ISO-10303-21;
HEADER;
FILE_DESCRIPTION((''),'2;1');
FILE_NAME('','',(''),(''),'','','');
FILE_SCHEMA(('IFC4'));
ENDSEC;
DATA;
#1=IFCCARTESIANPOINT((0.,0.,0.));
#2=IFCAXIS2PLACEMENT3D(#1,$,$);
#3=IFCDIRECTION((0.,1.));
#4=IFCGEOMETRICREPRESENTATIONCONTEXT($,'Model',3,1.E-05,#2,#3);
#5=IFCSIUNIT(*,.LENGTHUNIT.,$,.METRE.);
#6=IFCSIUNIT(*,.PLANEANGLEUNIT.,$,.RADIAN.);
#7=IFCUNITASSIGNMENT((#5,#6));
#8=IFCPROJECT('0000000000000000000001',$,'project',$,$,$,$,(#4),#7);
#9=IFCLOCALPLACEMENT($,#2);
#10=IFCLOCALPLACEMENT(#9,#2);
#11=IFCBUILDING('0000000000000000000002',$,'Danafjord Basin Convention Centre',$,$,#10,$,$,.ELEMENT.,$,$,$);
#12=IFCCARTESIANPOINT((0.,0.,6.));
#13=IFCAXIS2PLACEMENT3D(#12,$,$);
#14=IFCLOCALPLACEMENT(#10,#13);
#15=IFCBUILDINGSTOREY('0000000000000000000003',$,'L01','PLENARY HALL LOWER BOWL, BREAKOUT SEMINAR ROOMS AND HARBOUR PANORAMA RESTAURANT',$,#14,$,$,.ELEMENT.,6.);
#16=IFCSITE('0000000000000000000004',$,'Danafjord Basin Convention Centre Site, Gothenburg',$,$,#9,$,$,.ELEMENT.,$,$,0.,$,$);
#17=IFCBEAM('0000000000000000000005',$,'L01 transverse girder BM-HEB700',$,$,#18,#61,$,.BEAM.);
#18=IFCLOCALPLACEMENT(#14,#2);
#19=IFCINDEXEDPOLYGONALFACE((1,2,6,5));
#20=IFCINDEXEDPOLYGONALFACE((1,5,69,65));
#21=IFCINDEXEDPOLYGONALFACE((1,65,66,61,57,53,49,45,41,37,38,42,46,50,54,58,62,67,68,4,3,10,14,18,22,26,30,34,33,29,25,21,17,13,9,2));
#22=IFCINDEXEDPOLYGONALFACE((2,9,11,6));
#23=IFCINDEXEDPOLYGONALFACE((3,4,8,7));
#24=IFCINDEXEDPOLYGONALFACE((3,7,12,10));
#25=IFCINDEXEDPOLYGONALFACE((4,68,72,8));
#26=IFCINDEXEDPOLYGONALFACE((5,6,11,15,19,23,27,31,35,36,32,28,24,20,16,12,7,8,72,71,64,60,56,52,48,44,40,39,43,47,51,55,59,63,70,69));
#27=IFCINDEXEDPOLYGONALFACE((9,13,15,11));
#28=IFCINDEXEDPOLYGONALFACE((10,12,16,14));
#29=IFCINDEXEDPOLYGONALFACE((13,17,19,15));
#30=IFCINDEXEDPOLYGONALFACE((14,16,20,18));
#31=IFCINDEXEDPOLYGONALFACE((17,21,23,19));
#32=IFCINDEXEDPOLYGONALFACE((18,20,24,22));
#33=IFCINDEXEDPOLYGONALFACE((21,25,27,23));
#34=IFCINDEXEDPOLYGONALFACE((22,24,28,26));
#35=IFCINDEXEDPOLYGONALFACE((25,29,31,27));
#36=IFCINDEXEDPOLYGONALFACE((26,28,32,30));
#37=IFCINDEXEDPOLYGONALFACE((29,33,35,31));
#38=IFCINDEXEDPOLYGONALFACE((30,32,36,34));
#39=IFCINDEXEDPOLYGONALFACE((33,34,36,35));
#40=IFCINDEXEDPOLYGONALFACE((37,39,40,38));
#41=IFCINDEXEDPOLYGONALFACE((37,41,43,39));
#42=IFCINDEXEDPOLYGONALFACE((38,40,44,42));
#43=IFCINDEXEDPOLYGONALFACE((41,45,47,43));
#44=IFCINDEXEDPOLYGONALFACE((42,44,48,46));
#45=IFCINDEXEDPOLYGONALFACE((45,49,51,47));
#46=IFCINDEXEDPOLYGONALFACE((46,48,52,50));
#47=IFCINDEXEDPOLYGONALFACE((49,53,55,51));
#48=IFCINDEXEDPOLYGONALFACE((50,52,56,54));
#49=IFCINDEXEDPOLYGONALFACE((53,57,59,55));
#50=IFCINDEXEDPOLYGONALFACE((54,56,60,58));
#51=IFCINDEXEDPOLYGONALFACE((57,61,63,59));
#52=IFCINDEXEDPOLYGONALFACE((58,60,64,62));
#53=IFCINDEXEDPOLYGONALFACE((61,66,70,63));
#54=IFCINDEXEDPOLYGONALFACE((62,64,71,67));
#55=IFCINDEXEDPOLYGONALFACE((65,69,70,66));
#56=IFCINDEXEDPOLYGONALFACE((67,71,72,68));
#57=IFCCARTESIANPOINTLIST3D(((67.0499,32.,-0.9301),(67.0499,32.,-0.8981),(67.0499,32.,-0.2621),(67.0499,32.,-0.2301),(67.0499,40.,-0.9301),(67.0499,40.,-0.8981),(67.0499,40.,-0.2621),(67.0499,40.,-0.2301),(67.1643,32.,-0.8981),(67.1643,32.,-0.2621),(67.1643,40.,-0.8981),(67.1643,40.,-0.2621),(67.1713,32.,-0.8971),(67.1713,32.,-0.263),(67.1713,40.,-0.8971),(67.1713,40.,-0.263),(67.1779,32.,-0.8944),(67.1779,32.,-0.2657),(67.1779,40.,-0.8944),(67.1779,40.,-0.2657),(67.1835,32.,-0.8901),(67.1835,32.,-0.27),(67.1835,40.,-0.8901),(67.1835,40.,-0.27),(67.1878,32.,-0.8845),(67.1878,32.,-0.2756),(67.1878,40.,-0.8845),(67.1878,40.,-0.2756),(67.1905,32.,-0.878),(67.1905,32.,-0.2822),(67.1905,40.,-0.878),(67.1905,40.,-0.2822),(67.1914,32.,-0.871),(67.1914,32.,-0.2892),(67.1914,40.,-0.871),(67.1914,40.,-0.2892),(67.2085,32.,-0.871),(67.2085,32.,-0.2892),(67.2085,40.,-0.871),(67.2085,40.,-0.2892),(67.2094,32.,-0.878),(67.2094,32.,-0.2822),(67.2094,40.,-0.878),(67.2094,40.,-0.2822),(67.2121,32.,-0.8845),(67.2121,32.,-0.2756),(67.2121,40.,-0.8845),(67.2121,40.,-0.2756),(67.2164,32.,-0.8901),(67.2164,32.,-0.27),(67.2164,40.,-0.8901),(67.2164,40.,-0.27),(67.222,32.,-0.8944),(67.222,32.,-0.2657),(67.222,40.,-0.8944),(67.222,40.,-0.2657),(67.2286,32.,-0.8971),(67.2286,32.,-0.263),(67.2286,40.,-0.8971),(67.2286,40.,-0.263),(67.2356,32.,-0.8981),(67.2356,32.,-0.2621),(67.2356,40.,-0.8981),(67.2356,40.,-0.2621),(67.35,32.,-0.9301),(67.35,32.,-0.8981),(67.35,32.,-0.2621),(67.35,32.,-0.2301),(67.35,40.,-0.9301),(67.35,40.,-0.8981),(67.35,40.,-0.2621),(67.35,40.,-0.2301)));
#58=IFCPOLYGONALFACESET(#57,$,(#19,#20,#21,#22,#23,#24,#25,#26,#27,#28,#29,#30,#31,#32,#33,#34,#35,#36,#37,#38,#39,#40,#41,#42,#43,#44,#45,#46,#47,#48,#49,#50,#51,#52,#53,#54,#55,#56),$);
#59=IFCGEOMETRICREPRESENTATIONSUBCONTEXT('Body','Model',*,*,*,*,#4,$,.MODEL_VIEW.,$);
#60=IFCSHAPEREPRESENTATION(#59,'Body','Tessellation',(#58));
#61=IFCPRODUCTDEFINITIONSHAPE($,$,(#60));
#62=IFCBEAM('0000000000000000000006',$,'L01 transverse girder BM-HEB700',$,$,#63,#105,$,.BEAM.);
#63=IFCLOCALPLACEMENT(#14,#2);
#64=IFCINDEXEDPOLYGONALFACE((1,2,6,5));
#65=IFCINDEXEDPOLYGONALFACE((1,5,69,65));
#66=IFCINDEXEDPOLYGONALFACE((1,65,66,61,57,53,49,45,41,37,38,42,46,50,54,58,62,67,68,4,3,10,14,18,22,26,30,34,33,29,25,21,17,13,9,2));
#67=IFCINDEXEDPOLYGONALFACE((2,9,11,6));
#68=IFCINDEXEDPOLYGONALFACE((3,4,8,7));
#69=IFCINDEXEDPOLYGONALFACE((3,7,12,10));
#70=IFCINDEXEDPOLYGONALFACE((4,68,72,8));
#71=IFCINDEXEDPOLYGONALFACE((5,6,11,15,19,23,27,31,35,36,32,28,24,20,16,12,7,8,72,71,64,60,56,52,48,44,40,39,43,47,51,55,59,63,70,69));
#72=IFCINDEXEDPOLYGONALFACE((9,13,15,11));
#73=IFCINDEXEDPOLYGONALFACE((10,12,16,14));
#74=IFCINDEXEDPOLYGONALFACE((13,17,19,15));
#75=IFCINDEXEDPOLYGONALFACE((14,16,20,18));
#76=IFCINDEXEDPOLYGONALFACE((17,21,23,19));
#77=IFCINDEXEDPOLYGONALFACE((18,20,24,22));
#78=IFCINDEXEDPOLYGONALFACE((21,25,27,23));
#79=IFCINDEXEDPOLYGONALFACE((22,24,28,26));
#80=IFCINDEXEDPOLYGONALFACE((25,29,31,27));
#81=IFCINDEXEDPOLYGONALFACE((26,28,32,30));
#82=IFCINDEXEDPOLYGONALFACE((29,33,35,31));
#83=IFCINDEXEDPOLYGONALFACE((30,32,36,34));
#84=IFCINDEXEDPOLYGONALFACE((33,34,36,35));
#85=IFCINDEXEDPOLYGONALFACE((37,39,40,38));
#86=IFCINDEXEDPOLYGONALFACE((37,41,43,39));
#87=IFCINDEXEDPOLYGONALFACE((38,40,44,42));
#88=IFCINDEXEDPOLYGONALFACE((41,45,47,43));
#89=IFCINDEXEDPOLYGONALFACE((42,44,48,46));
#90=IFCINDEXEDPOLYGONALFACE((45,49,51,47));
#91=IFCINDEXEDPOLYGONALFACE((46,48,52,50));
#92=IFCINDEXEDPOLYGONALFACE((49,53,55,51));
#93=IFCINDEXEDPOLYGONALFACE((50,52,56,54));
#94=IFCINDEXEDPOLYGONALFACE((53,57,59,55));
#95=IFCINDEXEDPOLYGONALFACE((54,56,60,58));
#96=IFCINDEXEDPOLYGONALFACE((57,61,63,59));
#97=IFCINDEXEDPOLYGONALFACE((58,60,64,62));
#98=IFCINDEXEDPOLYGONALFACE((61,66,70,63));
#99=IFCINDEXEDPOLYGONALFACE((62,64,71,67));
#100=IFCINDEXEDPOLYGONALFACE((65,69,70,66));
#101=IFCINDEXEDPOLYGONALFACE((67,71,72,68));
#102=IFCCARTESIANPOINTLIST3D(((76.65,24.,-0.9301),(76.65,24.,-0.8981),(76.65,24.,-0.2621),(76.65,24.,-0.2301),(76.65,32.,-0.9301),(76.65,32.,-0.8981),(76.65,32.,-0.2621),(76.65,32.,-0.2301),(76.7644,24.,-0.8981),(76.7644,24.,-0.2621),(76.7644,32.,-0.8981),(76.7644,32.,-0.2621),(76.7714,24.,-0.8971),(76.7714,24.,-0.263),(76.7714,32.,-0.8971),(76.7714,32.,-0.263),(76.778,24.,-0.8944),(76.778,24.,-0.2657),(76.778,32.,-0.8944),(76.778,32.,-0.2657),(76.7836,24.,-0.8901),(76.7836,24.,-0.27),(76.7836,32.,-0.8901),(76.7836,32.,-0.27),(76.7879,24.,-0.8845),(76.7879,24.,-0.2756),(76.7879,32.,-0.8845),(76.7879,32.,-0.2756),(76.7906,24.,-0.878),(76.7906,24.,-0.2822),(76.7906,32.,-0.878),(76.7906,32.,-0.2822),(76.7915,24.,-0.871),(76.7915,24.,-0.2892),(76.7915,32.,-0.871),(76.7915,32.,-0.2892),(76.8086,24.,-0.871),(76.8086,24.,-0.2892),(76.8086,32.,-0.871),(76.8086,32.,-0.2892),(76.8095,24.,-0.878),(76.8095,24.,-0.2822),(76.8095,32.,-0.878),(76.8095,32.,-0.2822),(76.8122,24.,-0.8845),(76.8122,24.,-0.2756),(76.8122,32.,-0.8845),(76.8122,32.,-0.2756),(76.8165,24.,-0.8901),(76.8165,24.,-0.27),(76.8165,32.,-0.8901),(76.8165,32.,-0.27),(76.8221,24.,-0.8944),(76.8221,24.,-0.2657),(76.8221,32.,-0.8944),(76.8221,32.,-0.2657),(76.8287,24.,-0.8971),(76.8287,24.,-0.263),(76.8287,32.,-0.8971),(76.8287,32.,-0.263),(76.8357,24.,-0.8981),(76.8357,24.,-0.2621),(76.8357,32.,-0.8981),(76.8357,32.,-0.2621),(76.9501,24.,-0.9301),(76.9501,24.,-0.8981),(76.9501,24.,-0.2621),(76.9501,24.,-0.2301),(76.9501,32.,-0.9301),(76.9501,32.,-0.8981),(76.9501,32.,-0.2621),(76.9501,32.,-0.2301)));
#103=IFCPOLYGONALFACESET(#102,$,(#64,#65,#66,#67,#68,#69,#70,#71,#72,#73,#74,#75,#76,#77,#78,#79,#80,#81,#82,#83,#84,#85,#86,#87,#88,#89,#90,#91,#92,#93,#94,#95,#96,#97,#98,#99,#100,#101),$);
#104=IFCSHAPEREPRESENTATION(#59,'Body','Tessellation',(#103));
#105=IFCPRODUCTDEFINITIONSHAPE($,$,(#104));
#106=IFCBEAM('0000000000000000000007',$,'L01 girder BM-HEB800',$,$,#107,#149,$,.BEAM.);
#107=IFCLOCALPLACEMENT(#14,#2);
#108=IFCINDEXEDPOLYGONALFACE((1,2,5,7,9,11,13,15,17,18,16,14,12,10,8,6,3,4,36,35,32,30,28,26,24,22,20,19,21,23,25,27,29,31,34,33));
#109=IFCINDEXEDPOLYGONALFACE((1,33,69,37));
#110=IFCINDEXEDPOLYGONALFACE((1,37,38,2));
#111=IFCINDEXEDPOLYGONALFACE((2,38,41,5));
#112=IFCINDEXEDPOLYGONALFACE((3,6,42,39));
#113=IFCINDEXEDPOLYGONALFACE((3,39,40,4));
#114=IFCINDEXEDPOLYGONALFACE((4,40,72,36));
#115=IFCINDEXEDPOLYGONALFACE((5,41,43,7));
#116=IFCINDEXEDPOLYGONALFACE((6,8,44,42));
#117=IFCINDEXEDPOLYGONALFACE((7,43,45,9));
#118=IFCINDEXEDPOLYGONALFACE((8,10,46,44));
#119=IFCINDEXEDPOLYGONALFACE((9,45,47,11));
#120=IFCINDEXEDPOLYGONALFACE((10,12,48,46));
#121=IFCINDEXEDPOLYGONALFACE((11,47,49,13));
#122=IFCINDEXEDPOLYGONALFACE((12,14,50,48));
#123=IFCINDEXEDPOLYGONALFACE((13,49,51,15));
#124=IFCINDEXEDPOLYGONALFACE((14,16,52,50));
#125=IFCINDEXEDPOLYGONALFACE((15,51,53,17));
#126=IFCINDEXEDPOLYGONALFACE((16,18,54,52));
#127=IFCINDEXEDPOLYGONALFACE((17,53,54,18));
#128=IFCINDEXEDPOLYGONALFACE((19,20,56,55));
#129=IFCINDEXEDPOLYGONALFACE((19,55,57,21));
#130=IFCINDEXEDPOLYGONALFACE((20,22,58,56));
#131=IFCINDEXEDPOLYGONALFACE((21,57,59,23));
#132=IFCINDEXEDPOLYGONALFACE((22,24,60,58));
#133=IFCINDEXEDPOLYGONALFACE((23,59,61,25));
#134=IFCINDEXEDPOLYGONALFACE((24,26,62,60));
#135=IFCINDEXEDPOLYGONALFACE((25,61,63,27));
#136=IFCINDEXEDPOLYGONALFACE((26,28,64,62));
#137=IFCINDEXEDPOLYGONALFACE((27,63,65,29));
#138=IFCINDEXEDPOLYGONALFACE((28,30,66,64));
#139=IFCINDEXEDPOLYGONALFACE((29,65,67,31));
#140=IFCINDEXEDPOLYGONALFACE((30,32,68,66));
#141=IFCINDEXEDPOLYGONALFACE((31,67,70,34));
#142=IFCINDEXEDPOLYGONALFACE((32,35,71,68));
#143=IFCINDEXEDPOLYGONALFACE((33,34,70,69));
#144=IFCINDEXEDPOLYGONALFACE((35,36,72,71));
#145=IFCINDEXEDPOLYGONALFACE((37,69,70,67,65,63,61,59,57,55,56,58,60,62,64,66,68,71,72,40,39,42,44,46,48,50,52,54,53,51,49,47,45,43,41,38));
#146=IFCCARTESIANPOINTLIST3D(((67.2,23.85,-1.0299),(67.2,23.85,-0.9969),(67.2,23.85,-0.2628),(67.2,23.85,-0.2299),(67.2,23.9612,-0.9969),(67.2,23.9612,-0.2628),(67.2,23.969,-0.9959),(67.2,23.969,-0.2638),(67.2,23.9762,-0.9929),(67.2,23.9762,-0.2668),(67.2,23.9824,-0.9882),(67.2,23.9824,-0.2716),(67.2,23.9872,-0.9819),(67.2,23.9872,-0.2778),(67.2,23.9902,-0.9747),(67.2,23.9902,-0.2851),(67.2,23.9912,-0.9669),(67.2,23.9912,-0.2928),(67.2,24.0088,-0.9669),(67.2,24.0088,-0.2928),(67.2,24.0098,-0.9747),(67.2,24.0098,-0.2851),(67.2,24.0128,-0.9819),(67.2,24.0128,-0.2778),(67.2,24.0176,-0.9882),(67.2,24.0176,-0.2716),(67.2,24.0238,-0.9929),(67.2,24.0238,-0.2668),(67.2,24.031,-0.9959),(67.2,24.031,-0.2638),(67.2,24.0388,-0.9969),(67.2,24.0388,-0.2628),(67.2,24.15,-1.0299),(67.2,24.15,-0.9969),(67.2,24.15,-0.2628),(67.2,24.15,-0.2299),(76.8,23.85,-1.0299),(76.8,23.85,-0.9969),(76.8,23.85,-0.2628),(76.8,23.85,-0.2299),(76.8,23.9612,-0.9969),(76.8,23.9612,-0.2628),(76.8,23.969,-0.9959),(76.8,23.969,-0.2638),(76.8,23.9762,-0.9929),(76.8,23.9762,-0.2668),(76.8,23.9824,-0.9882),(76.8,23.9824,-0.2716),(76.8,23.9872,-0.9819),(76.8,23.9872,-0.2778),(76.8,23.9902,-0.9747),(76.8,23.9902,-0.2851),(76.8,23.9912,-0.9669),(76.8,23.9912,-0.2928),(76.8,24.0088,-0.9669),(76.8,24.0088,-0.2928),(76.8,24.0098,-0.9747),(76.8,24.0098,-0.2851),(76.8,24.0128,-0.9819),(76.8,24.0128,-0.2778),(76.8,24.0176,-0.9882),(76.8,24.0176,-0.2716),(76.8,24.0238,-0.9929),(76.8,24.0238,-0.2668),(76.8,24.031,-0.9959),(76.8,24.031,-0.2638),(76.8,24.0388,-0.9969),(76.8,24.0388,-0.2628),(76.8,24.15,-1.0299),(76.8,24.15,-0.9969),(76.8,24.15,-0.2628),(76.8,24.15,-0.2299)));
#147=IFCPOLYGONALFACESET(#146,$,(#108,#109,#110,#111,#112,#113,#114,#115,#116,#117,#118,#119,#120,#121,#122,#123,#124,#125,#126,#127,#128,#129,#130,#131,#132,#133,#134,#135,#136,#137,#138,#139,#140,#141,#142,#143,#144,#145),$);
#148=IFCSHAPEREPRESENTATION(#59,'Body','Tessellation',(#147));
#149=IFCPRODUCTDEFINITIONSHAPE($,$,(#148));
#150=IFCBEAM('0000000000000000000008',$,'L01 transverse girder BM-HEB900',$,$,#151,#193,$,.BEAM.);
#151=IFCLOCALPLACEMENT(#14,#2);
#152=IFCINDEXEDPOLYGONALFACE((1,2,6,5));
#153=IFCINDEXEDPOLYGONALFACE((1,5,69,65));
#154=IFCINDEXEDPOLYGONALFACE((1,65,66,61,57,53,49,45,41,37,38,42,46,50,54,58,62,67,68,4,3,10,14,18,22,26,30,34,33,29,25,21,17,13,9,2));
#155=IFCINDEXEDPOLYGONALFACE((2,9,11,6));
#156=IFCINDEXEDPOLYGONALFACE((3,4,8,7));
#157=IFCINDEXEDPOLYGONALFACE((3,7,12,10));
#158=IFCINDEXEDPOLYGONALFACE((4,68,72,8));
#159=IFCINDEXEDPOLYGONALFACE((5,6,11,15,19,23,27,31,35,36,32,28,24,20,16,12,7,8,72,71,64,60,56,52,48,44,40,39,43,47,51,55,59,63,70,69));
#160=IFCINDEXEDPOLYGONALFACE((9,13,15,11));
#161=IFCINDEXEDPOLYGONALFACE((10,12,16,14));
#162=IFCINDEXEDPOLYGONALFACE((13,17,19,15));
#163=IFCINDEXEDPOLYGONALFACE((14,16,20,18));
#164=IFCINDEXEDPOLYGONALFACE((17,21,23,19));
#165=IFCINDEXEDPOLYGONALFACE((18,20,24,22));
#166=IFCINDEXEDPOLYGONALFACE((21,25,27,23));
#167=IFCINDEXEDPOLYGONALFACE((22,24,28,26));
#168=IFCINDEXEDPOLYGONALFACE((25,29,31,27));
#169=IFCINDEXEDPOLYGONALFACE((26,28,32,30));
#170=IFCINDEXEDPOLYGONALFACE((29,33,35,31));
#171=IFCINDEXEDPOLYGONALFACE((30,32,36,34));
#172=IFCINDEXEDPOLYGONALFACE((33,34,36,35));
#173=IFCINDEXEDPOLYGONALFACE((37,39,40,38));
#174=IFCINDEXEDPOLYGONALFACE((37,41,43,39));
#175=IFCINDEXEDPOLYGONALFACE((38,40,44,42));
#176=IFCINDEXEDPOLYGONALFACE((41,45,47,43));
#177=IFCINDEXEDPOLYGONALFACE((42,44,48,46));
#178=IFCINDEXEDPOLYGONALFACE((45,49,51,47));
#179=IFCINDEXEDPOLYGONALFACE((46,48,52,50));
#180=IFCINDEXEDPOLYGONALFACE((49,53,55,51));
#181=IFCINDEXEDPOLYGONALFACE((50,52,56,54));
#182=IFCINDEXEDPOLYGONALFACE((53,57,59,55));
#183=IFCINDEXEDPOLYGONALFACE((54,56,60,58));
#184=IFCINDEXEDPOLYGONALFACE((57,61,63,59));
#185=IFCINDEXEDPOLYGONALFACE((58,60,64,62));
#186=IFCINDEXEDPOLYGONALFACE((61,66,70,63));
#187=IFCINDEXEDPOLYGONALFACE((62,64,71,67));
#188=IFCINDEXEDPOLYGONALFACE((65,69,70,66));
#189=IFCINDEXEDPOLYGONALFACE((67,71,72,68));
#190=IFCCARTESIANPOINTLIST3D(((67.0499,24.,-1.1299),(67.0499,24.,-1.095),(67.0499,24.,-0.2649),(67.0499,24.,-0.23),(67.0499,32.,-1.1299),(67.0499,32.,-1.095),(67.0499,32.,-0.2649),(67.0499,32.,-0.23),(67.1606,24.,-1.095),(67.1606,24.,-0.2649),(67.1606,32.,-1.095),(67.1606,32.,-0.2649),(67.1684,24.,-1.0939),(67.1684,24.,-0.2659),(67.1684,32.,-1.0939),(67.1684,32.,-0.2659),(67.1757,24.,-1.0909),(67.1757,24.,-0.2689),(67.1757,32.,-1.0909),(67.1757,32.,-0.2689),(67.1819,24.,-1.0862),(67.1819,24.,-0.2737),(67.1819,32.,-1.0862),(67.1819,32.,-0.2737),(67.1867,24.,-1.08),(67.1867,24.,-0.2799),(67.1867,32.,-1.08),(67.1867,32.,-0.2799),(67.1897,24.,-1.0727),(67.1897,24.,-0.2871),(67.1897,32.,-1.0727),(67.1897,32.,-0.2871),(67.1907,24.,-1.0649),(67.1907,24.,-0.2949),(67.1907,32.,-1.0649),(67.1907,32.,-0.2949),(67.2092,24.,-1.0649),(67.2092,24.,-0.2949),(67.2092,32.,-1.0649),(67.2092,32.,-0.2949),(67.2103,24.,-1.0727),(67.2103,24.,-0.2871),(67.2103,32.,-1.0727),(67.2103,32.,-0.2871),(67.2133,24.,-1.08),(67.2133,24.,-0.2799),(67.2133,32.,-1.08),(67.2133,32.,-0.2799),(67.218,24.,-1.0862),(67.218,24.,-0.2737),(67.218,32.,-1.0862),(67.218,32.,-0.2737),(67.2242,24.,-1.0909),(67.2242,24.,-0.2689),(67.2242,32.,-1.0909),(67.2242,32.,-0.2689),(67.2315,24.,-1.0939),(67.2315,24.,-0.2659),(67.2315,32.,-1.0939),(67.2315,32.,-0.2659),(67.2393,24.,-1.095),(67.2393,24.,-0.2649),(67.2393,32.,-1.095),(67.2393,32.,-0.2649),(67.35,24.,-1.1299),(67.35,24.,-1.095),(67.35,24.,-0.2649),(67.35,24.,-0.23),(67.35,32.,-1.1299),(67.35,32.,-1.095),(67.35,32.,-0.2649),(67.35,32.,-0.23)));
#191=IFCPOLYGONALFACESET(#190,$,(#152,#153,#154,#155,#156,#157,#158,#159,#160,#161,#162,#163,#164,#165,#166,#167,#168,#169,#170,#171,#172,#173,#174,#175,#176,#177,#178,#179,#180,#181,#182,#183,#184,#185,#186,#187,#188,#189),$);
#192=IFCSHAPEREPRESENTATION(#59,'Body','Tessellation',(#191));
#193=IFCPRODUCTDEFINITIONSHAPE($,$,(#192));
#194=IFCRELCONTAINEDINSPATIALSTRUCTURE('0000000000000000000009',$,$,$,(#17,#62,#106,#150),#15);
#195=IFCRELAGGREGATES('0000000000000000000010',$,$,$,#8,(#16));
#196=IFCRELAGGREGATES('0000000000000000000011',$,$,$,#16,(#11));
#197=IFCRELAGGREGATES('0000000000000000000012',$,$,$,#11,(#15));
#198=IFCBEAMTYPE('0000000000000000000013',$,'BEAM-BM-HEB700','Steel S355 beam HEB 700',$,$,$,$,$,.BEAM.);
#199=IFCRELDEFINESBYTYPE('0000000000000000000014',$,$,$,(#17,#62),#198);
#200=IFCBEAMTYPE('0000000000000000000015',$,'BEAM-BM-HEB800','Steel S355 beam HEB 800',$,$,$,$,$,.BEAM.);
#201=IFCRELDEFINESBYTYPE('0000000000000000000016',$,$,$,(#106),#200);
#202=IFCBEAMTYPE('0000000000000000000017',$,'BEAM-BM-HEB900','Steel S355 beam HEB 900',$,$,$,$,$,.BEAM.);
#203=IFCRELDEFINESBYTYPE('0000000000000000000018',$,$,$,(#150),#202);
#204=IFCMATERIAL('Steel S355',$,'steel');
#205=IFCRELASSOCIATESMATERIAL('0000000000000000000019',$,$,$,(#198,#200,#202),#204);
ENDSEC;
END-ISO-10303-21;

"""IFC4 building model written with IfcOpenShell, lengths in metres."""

from ifc_helpers import new_model, si_unit, direction, frame, origin, origin_2d, place, context, subcontext, project, spatial, i_section, extrude, material, material_profile, profile_set, type_object, element, save


model = new_model("IFC4")

# Units and contexts
model_context = context("Model", 3, precision=1e-05, world=origin(), true_north=direction((0.0, 1.0)))
body_context = subcontext(model_context, "Body", "Model", "MODEL_VIEW")
ifc_project = project(units=[si_unit("LENGTHUNIT", "METRE"), si_unit("PLANEANGLEUNIT", "RADIAN")], contexts=[model_context])

# Site, building, storey
site_placement = place(None, origin())
site = spatial("IfcSite", under=ifc_project, at=site_placement, Name="Danafjord Basin Convention Centre Site, Gothenburg", CompositionType="ELEMENT", RefElevation=0.0)
building_placement = place(site_placement, origin())
building = spatial("IfcBuilding", under=site, at=building_placement, Name="Danafjord Basin Convention Centre", CompositionType="ELEMENT")
storey_placement = place(building_placement, frame((0.0, 0.0, 6.0)))
storey = spatial("IfcBuildingStorey", under=building, at=storey_placement, Name="L01", Description="PLENARY HALL LOWER BOWL, BREAKOUT SEMINAR ROOMS AND HARBOUR PANORAMA RESTAURANT", CompositionType="ELEMENT", Elevation=6.0)

# Shared definitions
ifc_material_1 = material(Name="Steel S355", Category="steel")

# Beams
ifc_material_profile_1 = material_profile(ifc_material_1, i_section(OverallWidth=0.3, OverallDepth=0.7, WebThickness=0.0171, FlangeThickness=0.032, FilletRadius=0.0271, at=origin_2d()), Name="HEB 700")
ifc_profile_set_1 = profile_set([ifc_material_profile_1], Name="Steel S355")
beam_type_1 = type_object("IfcBeamType", Name="BEAM-BM-HEB700", Description="Steel S355 beam HEB 700", PredefinedType="BEAM", material=ifc_profile_set_1)
for number, where, z_axis, x_axis, name in (
    (1, (67.2, 32.0, -0.5801), (0.0, 1.0, 0.0), (-1.0, 0.0, 0.0), "L01 transverse girder BM-HEB700"),
    (2, (76.8, 24.0, -0.5801), (0.0, 1.0, 0.0), (-1.0, 0.0, 0.0), "L01 transverse girder BM-HEB700"),
):
    element("IfcBeam", number, at=place(storey_placement, frame(where, z_axis=z_axis, x_axis=x_axis)), inside=storey, type_object=beam_type_1, Name=name, PredefinedType="BEAM", context=body_context, shape_type="SweptSolid", body=[
        extrude(i_section(OverallWidth=0.3, OverallDepth=0.7, WebThickness=0.0171, FlangeThickness=0.032, FilletRadius=0.0271, at=origin_2d()), origin(), (0.0, 0.0, 1.0), 8.0),
    ])
ifc_material_profile_2 = material_profile(ifc_material_1, i_section(OverallWidth=0.3, OverallDepth=0.8, WebThickness=0.0176, FlangeThickness=0.033, FilletRadius=0.03, at=origin_2d()), Name="HEB 800")
ifc_profile_set_2 = profile_set([ifc_material_profile_2], Name="Steel S355")
beam_type_2 = type_object("IfcBeamType", Name="BEAM-BM-HEB800", Description="Steel S355 beam HEB 800", PredefinedType="BEAM", material=ifc_profile_set_2)
beam_1_placement = place(storey_placement, frame((67.2, 24.0, -0.6299), z_axis=(1.0, 0.0, 0.0), x_axis=(0.0, 1.0, 0.0)))
element("IfcBeam", 3, at=beam_1_placement, inside=storey, type_object=beam_type_2, Name="L01 girder BM-HEB800", PredefinedType="BEAM", context=body_context, shape_type="SweptSolid", body=[
    extrude(i_section(OverallWidth=0.3, OverallDepth=0.8, WebThickness=0.0176, FlangeThickness=0.033, FilletRadius=0.03, at=origin_2d()), origin(), (0.0, 0.0, 1.0), 9.6001),
])
ifc_material_profile_3 = material_profile(ifc_material_1, i_section(OverallWidth=0.3, OverallDepth=0.8999, WebThickness=0.0186, FlangeThickness=0.0349, FilletRadius=0.03, at=origin_2d()), Name="HEB 900")
ifc_profile_set_3 = profile_set([ifc_material_profile_3], Name="Steel S355")
beam_type_3 = type_object("IfcBeamType", Name="BEAM-BM-HEB900", Description="Steel S355 beam HEB 900", PredefinedType="BEAM", material=ifc_profile_set_3)
beam_2_placement = place(storey_placement, frame((67.2, 24.0, -0.6799), z_axis=(0.0, 1.0, 0.0), x_axis=(-1.0, 0.0, 0.0)))
element("IfcBeam", 4, at=beam_2_placement, inside=storey, type_object=beam_type_3, Name="L01 transverse girder BM-HEB900", PredefinedType="BEAM", context=body_context, shape_type="SweptSolid", body=[
    extrude(i_section(OverallWidth=0.3, OverallDepth=0.8999, WebThickness=0.0186, FlangeThickness=0.0349, FilletRadius=0.03, at=origin_2d()), origin(), (0.0, 0.0, 1.0), 8.0),
])

save(model, "model.ifc")
